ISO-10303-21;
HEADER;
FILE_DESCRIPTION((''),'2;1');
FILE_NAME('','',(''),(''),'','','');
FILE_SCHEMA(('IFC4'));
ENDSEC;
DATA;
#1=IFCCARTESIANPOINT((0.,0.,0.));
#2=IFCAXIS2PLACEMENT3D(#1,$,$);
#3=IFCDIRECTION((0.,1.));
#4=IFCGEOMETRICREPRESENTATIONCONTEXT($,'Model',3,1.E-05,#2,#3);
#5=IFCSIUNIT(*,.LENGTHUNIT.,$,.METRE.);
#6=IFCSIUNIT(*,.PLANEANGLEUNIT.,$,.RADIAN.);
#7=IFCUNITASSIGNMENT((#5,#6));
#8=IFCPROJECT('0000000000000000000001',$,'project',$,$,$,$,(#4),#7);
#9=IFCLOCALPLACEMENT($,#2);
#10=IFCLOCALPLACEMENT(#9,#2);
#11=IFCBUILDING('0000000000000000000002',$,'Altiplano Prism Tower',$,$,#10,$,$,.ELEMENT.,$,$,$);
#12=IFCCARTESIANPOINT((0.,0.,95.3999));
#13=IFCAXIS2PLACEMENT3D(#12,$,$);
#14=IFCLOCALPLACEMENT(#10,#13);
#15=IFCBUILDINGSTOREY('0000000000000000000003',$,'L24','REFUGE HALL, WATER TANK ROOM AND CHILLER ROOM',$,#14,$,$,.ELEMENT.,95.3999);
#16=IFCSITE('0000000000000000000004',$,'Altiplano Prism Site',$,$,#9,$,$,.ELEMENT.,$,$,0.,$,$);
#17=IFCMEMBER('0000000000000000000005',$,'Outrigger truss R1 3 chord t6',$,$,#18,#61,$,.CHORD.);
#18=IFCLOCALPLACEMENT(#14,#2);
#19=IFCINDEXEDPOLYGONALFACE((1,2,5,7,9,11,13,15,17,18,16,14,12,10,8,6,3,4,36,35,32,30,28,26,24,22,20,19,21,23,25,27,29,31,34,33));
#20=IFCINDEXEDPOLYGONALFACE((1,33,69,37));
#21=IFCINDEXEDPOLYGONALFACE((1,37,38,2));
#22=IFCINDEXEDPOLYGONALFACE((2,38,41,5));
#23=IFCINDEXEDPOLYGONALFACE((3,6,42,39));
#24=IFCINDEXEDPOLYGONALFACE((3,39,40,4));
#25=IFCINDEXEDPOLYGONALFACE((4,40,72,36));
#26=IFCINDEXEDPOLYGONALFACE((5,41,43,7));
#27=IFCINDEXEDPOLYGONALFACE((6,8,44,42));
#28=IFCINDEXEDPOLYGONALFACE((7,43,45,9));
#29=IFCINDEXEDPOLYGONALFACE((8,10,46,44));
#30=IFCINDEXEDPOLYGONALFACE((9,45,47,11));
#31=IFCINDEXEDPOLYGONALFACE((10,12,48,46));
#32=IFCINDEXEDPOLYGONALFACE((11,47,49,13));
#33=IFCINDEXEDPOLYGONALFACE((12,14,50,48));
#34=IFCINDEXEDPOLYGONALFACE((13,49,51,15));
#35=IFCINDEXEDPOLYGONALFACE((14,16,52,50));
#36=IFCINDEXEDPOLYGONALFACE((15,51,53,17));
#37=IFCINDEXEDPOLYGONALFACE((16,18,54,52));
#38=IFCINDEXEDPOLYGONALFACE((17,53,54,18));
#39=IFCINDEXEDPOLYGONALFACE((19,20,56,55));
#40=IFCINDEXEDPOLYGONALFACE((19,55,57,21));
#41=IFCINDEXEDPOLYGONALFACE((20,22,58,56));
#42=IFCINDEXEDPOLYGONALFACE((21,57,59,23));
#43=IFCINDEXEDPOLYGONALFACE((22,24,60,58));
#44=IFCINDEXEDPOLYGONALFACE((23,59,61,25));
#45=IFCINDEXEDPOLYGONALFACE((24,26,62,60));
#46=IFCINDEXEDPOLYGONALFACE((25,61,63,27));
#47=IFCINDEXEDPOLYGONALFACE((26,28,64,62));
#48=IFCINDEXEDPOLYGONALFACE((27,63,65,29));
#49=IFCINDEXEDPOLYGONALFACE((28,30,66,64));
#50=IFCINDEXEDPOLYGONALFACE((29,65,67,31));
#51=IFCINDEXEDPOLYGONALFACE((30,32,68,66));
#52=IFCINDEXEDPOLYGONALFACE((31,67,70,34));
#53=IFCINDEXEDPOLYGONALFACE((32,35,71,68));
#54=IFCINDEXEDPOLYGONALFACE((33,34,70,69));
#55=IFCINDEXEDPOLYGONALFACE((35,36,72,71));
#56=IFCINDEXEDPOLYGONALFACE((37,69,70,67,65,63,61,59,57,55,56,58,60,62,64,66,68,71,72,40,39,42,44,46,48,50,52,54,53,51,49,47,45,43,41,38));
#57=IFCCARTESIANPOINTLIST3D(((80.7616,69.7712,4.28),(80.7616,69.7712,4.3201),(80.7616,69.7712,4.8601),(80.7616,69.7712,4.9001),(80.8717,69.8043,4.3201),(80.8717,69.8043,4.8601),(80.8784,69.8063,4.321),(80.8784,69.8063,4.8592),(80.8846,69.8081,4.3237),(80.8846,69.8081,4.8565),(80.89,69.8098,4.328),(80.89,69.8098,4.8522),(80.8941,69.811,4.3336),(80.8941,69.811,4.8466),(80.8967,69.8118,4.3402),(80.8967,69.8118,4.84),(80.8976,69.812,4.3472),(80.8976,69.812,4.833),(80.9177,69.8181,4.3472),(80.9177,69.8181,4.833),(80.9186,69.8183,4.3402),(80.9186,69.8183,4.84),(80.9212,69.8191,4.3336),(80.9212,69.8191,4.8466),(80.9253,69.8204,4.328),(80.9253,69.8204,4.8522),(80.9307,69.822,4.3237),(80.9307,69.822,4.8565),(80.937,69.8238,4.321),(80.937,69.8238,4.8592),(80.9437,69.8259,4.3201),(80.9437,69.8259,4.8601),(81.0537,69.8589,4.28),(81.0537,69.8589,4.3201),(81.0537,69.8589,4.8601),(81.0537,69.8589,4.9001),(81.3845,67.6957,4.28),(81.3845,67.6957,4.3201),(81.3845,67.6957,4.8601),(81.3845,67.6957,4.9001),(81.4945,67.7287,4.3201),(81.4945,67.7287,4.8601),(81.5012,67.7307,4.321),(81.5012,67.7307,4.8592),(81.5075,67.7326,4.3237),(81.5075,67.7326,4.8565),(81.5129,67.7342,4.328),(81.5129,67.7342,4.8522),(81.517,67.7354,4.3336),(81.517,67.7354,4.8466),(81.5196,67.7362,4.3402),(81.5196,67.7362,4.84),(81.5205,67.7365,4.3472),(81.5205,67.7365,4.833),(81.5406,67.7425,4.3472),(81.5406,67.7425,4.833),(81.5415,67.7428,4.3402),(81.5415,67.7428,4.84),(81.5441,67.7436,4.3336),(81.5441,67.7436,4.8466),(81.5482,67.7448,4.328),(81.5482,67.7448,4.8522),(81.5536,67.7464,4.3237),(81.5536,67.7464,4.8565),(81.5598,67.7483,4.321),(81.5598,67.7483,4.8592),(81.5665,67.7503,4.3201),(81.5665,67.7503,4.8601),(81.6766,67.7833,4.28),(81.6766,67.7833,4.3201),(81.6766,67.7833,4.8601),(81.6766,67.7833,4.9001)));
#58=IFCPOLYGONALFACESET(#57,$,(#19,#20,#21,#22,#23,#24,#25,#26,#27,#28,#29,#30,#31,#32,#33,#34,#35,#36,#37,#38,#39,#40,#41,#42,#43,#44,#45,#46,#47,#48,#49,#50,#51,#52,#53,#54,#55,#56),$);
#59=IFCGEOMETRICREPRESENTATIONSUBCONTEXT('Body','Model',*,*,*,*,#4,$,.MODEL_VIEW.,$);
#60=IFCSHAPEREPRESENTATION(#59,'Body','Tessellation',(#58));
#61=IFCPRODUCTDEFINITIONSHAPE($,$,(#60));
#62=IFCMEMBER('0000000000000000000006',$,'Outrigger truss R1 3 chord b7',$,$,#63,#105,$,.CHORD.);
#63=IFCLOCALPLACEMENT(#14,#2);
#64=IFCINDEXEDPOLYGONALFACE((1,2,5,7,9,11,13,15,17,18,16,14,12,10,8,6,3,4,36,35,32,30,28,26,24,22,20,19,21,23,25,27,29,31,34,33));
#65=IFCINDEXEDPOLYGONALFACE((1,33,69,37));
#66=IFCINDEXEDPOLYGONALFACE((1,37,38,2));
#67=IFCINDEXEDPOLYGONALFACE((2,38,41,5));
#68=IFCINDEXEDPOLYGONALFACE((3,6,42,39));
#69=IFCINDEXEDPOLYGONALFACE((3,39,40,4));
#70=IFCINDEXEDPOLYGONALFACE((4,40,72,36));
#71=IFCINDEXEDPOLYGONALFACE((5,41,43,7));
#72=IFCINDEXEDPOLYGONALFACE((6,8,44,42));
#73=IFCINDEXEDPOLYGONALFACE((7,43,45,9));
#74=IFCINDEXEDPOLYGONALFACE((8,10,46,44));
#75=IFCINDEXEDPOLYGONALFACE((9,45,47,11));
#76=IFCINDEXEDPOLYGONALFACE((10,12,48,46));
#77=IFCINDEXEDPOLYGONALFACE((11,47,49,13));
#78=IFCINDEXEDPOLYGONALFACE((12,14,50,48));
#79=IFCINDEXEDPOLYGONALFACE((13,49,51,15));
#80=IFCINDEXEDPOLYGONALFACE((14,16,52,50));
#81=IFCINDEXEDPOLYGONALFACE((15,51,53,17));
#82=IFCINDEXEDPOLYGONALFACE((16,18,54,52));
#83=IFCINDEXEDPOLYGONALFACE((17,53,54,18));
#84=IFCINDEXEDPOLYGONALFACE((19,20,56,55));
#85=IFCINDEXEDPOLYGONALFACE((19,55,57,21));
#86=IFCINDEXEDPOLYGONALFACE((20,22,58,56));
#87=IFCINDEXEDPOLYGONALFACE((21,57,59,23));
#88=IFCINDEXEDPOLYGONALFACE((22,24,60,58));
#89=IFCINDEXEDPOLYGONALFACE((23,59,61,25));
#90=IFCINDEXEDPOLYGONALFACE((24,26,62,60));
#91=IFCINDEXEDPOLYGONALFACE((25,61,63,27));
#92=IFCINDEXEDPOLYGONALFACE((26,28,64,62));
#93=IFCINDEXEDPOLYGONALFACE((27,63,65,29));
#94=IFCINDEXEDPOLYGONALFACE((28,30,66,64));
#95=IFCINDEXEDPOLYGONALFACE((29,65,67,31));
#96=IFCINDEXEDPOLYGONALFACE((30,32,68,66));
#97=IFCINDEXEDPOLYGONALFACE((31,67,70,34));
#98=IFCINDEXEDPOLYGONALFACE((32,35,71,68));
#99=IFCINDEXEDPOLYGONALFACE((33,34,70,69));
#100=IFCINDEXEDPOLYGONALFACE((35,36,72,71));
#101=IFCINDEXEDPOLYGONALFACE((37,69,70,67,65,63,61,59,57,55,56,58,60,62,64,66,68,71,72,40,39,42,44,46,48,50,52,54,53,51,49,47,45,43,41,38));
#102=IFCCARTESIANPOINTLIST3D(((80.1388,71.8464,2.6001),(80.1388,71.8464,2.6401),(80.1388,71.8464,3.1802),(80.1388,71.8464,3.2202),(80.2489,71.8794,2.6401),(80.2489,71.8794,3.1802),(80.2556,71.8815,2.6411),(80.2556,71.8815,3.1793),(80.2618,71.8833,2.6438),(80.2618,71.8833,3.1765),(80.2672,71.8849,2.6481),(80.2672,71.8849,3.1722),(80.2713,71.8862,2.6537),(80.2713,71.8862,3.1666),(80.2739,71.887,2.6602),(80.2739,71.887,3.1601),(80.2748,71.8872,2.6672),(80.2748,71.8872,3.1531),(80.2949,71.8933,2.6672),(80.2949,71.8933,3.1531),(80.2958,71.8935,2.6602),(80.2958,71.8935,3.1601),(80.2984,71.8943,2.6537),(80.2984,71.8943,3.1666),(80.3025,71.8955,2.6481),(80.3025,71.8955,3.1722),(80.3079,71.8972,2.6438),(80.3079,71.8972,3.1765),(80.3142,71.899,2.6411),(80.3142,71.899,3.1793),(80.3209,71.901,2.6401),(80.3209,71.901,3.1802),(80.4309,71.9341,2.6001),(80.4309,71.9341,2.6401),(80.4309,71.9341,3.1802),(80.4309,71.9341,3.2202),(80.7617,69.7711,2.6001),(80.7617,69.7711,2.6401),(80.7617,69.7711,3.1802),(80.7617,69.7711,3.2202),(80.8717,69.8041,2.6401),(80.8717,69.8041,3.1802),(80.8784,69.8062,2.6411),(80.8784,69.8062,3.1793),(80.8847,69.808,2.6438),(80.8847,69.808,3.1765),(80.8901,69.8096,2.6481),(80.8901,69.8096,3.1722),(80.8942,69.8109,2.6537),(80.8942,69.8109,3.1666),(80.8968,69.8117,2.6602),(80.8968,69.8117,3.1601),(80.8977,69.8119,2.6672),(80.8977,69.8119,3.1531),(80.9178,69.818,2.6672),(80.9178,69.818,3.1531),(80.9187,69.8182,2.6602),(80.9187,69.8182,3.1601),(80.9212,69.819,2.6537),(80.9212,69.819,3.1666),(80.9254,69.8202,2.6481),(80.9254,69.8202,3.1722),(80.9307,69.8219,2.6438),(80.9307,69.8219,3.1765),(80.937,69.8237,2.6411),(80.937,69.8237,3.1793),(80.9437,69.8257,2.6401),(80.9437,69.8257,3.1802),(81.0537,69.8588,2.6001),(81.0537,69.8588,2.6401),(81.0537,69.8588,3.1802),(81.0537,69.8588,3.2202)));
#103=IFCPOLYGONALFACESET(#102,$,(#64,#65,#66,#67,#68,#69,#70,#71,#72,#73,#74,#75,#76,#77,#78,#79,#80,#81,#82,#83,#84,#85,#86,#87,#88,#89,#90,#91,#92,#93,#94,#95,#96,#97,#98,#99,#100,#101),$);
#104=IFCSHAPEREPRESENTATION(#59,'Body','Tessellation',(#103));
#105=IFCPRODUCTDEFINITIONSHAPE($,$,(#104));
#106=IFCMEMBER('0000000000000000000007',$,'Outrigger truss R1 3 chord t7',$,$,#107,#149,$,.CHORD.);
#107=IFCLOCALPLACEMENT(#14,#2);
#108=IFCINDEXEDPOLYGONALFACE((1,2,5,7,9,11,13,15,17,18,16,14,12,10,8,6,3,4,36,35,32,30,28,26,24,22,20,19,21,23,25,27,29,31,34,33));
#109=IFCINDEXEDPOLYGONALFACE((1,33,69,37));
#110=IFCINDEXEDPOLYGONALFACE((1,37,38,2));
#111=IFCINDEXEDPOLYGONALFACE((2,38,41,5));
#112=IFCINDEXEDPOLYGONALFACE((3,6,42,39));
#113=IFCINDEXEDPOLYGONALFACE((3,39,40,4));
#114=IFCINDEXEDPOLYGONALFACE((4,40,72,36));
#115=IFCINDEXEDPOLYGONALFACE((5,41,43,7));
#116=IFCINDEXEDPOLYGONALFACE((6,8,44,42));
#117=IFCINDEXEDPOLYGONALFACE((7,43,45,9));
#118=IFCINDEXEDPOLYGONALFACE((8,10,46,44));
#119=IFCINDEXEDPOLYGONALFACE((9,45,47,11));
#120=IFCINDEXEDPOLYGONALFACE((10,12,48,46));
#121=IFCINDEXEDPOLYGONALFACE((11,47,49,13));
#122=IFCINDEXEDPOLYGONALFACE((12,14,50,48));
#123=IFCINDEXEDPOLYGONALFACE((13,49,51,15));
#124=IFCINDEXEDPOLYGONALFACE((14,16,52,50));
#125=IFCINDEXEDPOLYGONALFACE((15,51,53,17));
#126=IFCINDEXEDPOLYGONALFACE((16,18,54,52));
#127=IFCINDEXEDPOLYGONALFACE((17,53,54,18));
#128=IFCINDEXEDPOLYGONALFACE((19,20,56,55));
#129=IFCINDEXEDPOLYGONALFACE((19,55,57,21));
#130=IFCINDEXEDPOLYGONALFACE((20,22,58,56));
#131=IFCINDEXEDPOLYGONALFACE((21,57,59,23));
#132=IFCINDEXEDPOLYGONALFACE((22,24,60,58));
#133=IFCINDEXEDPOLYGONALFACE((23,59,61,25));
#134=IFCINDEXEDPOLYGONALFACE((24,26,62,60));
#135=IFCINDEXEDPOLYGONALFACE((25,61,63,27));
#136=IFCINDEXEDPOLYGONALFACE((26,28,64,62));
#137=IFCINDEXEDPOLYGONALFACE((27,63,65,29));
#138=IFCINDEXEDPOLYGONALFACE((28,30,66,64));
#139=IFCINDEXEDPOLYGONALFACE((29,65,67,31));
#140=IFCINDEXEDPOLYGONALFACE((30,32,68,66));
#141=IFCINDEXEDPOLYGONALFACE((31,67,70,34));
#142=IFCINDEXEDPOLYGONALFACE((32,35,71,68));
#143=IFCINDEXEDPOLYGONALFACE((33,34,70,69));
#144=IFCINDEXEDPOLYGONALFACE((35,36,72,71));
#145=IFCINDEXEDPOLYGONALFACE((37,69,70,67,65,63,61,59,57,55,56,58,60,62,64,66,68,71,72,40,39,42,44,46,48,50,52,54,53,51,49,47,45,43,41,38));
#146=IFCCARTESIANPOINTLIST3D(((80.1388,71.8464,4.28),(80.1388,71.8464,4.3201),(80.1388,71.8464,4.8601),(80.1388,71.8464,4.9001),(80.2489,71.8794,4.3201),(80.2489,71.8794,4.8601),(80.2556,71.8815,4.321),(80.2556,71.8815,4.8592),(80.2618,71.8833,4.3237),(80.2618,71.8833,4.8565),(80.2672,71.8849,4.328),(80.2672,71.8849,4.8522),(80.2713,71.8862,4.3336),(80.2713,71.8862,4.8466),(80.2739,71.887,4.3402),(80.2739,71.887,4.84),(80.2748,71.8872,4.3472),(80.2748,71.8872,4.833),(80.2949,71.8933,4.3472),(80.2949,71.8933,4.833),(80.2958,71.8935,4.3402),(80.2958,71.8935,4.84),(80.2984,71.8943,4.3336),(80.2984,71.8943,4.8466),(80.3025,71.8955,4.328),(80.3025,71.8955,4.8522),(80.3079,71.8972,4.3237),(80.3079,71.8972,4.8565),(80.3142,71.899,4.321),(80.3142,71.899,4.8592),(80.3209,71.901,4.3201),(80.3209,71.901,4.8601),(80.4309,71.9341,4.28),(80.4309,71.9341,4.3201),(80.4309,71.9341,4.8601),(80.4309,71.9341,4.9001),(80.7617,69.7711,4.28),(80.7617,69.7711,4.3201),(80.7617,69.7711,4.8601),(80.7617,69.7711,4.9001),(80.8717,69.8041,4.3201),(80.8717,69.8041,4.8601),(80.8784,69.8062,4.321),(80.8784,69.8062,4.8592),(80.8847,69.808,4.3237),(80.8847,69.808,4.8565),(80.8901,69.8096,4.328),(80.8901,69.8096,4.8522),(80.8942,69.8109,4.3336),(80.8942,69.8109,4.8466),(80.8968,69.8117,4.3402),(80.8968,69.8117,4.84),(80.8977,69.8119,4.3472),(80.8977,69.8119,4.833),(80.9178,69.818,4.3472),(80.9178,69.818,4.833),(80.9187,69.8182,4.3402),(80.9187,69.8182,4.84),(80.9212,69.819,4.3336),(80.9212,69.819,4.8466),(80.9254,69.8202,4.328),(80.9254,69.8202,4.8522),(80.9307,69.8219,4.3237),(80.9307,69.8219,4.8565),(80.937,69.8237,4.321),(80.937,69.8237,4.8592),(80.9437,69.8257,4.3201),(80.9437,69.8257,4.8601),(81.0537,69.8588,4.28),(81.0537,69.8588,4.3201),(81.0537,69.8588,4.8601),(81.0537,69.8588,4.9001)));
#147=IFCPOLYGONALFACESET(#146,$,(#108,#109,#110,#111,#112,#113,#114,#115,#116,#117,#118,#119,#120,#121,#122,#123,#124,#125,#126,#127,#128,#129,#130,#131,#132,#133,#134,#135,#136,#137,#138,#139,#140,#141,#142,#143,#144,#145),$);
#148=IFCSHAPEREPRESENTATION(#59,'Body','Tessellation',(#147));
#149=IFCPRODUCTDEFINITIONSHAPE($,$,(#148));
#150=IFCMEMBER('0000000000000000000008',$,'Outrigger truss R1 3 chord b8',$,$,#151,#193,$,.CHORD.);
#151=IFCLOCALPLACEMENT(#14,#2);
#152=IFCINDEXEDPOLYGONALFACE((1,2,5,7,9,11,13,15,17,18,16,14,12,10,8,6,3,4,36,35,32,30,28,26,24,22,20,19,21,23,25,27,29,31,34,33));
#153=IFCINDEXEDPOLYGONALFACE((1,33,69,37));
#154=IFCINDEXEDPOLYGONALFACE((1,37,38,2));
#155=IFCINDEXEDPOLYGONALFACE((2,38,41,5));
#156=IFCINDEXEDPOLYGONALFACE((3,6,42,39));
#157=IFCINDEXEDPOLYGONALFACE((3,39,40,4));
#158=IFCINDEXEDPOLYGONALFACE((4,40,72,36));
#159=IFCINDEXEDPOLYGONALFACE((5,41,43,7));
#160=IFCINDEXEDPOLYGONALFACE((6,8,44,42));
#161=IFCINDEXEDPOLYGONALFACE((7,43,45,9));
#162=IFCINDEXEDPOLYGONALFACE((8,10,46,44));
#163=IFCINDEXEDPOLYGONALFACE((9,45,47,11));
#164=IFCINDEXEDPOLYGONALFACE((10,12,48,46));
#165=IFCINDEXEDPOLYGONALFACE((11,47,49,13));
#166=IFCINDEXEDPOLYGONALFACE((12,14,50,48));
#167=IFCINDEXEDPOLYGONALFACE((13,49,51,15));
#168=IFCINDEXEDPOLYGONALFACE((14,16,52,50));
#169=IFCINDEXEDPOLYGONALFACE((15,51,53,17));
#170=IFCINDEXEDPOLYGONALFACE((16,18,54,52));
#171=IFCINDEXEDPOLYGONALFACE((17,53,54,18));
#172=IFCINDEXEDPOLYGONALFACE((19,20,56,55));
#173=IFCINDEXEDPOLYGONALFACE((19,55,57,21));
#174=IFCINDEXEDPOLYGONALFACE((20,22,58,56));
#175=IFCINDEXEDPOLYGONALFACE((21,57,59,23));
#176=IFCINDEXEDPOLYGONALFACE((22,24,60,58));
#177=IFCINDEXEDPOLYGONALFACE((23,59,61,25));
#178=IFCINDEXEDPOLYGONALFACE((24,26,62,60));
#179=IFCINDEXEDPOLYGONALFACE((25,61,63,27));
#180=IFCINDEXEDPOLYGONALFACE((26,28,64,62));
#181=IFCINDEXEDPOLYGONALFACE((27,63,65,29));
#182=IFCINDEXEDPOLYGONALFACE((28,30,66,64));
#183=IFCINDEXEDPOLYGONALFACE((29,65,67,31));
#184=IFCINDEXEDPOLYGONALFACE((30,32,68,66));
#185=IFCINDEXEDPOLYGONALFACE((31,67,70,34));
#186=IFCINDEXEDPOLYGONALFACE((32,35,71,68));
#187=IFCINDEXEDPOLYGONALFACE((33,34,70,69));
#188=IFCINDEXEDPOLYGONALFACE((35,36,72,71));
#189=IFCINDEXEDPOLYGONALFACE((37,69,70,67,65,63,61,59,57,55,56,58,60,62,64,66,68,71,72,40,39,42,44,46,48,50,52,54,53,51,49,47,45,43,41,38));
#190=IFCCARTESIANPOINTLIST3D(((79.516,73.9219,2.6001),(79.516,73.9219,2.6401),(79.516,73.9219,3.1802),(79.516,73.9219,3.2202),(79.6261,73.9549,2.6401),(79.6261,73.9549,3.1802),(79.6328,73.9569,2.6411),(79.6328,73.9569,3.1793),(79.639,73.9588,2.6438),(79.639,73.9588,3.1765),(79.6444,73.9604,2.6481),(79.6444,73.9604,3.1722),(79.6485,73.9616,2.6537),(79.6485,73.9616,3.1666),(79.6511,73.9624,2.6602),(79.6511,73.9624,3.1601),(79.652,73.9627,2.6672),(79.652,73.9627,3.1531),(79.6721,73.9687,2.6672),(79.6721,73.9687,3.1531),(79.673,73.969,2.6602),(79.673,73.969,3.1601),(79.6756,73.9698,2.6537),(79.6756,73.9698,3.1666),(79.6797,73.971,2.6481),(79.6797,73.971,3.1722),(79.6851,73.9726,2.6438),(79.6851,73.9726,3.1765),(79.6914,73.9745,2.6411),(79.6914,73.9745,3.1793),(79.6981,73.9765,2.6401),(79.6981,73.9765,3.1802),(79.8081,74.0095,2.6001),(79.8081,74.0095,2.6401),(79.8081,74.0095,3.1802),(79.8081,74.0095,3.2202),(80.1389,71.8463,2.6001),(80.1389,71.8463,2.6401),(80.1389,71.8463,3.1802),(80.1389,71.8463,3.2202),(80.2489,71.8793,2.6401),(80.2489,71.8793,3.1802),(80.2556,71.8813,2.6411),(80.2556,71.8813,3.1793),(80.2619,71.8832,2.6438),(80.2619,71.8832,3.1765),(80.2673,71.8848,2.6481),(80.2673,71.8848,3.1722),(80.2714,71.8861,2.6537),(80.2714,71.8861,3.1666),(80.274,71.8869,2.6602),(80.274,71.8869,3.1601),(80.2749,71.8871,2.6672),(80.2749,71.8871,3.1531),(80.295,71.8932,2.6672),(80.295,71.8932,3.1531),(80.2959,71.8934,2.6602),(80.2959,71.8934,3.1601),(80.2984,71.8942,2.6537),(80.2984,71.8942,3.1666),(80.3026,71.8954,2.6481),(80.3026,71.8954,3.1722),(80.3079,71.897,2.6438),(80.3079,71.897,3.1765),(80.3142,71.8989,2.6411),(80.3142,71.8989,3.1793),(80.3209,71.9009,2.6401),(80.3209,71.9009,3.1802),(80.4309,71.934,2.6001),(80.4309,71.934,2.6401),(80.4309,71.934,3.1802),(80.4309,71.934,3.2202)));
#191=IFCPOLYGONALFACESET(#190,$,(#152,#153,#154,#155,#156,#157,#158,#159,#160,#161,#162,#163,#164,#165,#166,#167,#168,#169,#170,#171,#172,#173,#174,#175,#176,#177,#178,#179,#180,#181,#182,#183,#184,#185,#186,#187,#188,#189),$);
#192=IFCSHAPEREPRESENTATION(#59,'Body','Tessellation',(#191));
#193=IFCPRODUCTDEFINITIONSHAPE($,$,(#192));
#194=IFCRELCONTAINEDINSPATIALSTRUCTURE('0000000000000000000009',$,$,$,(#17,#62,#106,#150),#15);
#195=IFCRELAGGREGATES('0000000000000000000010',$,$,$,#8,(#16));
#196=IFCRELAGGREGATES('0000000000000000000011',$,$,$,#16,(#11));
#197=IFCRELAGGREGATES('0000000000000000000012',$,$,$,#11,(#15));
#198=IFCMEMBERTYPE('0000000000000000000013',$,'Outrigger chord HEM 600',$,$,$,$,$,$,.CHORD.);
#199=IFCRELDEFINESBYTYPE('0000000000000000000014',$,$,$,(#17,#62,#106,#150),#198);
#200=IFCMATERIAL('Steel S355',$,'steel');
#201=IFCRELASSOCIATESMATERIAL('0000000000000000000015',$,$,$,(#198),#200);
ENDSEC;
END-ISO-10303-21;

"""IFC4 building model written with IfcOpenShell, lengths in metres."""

from ifc_helpers import new_model, si_unit, direction, frame, origin, origin_2d, place, context, subcontext, project, spatial, i_section, extrude, material, material_profile, profile_set, type_object, element, save


model = new_model("IFC4")

# Units and contexts
model_context = context("Model", 3, precision=1e-05, world=origin(), true_north=direction((0.0, 1.0)))
body_context = subcontext(model_context, "Body", "Model", "MODEL_VIEW")
ifc_project = project(units=[si_unit("LENGTHUNIT", "METRE"), si_unit("PLANEANGLEUNIT", "RADIAN")], contexts=[model_context])

# Site, building, storey
site_placement = place(None, origin())
site = spatial("IfcSite", under=ifc_project, at=site_placement, Name="Altiplano Prism Site", CompositionType="ELEMENT", RefElevation=0.0)
building_placement = place(site_placement, origin())
building = spatial("IfcBuilding", under=site, at=building_placement, Name="Altiplano Prism Tower", CompositionType="ELEMENT")
storey_placement = place(building_placement, frame((0.0, 0.0, 95.3999)))
storey = spatial("IfcBuildingStorey", under=building, at=storey_placement, Name="L24", Description="REFUGE HALL, WATER TANK ROOM AND CHILLER ROOM", CompositionType="ELEMENT", Elevation=95.3999)

# Members
ifc_material_1 = material(Name="Steel S355", Category="steel")
ifc_material_profile_1 = material_profile(ifc_material_1, i_section(OverallWidth=0.3049, OverallDepth=0.6201, WebThickness=0.021, FlangeThickness=0.04, FilletRadius=0.0271, at=origin_2d()), Name="Outrigger chord HEM 600")
ifc_profile_set_1 = profile_set([ifc_material_profile_1], Name="Steel S355")
member_type_1 = type_object("IfcMemberType", Name="Outrigger chord HEM 600", PredefinedType="CHORD", material=ifc_profile_set_1)
for number, where, z_axis, x_axis, name in (
    (1, (81.5305, 67.7395, 4.5901), (-0.28742, 0.957805, 0.0), (-0.957805, -0.28742, 0.0), "Outrigger truss R1 3 chord t6"),
):
    element("IfcMember", number, at=place(storey_placement, frame(where, z_axis=z_axis, x_axis=x_axis)), inside=storey, type_object=member_type_1, Name=name, PredefinedType="CHORD", context=body_context, shape_type="SweptSolid", body=[
        extrude(i_section(OverallWidth=0.3049, OverallDepth=0.6201, WebThickness=0.021, FlangeThickness=0.04, FilletRadius=0.0271, at=origin_2d()), origin(), (0.0, 0.0, 1.0), 2.167),
    ])
for number, where, z_axis, x_axis, name in (
    (2, (80.9077, 69.8149, 2.9102), (-0.287451, 0.957795, 0.0), (-0.957795, -0.287451, 0.0), "Outrigger truss R1 3 chord b7"),
    (3, (80.9077, 69.8149, 4.5901), (-0.287451, 0.957795, 0.0), (-0.957795, -0.287451, 0.0), "Outrigger truss R1 3 chord t7"),
):
    element("IfcMember", number, at=place(storey_placement, frame(where, z_axis=z_axis, x_axis=x_axis)), inside=storey, type_object=member_type_1, Name=name, PredefinedType="CHORD", context=body_context, shape_type="SweptSolid", body=[
        extrude(i_section(OverallWidth=0.3049, OverallDepth=0.6201, WebThickness=0.021, FlangeThickness=0.04, FilletRadius=0.0271, at=origin_2d()), origin(), (0.0, 0.0, 1.0), 2.1667),
    ])
member_1_placement = place(storey_placement, frame((80.2849, 71.8901, 2.9102), z_axis=(-0.28742, 0.957805, 0.0), x_axis=(-0.957805, -0.28742, 0.0)))
element("IfcMember", 4, at=member_1_placement, inside=storey, type_object=member_type_1, Name="Outrigger truss R1 3 chord b8", PredefinedType="CHORD", context=body_context, shape_type="SweptSolid", body=[
    extrude(i_section(OverallWidth=0.3049, OverallDepth=0.6201, WebThickness=0.021, FlangeThickness=0.04, FilletRadius=0.0271, at=origin_2d()), origin(), (0.0, 0.0, 1.0), 2.167),
])

save(model, "model.ifc")
